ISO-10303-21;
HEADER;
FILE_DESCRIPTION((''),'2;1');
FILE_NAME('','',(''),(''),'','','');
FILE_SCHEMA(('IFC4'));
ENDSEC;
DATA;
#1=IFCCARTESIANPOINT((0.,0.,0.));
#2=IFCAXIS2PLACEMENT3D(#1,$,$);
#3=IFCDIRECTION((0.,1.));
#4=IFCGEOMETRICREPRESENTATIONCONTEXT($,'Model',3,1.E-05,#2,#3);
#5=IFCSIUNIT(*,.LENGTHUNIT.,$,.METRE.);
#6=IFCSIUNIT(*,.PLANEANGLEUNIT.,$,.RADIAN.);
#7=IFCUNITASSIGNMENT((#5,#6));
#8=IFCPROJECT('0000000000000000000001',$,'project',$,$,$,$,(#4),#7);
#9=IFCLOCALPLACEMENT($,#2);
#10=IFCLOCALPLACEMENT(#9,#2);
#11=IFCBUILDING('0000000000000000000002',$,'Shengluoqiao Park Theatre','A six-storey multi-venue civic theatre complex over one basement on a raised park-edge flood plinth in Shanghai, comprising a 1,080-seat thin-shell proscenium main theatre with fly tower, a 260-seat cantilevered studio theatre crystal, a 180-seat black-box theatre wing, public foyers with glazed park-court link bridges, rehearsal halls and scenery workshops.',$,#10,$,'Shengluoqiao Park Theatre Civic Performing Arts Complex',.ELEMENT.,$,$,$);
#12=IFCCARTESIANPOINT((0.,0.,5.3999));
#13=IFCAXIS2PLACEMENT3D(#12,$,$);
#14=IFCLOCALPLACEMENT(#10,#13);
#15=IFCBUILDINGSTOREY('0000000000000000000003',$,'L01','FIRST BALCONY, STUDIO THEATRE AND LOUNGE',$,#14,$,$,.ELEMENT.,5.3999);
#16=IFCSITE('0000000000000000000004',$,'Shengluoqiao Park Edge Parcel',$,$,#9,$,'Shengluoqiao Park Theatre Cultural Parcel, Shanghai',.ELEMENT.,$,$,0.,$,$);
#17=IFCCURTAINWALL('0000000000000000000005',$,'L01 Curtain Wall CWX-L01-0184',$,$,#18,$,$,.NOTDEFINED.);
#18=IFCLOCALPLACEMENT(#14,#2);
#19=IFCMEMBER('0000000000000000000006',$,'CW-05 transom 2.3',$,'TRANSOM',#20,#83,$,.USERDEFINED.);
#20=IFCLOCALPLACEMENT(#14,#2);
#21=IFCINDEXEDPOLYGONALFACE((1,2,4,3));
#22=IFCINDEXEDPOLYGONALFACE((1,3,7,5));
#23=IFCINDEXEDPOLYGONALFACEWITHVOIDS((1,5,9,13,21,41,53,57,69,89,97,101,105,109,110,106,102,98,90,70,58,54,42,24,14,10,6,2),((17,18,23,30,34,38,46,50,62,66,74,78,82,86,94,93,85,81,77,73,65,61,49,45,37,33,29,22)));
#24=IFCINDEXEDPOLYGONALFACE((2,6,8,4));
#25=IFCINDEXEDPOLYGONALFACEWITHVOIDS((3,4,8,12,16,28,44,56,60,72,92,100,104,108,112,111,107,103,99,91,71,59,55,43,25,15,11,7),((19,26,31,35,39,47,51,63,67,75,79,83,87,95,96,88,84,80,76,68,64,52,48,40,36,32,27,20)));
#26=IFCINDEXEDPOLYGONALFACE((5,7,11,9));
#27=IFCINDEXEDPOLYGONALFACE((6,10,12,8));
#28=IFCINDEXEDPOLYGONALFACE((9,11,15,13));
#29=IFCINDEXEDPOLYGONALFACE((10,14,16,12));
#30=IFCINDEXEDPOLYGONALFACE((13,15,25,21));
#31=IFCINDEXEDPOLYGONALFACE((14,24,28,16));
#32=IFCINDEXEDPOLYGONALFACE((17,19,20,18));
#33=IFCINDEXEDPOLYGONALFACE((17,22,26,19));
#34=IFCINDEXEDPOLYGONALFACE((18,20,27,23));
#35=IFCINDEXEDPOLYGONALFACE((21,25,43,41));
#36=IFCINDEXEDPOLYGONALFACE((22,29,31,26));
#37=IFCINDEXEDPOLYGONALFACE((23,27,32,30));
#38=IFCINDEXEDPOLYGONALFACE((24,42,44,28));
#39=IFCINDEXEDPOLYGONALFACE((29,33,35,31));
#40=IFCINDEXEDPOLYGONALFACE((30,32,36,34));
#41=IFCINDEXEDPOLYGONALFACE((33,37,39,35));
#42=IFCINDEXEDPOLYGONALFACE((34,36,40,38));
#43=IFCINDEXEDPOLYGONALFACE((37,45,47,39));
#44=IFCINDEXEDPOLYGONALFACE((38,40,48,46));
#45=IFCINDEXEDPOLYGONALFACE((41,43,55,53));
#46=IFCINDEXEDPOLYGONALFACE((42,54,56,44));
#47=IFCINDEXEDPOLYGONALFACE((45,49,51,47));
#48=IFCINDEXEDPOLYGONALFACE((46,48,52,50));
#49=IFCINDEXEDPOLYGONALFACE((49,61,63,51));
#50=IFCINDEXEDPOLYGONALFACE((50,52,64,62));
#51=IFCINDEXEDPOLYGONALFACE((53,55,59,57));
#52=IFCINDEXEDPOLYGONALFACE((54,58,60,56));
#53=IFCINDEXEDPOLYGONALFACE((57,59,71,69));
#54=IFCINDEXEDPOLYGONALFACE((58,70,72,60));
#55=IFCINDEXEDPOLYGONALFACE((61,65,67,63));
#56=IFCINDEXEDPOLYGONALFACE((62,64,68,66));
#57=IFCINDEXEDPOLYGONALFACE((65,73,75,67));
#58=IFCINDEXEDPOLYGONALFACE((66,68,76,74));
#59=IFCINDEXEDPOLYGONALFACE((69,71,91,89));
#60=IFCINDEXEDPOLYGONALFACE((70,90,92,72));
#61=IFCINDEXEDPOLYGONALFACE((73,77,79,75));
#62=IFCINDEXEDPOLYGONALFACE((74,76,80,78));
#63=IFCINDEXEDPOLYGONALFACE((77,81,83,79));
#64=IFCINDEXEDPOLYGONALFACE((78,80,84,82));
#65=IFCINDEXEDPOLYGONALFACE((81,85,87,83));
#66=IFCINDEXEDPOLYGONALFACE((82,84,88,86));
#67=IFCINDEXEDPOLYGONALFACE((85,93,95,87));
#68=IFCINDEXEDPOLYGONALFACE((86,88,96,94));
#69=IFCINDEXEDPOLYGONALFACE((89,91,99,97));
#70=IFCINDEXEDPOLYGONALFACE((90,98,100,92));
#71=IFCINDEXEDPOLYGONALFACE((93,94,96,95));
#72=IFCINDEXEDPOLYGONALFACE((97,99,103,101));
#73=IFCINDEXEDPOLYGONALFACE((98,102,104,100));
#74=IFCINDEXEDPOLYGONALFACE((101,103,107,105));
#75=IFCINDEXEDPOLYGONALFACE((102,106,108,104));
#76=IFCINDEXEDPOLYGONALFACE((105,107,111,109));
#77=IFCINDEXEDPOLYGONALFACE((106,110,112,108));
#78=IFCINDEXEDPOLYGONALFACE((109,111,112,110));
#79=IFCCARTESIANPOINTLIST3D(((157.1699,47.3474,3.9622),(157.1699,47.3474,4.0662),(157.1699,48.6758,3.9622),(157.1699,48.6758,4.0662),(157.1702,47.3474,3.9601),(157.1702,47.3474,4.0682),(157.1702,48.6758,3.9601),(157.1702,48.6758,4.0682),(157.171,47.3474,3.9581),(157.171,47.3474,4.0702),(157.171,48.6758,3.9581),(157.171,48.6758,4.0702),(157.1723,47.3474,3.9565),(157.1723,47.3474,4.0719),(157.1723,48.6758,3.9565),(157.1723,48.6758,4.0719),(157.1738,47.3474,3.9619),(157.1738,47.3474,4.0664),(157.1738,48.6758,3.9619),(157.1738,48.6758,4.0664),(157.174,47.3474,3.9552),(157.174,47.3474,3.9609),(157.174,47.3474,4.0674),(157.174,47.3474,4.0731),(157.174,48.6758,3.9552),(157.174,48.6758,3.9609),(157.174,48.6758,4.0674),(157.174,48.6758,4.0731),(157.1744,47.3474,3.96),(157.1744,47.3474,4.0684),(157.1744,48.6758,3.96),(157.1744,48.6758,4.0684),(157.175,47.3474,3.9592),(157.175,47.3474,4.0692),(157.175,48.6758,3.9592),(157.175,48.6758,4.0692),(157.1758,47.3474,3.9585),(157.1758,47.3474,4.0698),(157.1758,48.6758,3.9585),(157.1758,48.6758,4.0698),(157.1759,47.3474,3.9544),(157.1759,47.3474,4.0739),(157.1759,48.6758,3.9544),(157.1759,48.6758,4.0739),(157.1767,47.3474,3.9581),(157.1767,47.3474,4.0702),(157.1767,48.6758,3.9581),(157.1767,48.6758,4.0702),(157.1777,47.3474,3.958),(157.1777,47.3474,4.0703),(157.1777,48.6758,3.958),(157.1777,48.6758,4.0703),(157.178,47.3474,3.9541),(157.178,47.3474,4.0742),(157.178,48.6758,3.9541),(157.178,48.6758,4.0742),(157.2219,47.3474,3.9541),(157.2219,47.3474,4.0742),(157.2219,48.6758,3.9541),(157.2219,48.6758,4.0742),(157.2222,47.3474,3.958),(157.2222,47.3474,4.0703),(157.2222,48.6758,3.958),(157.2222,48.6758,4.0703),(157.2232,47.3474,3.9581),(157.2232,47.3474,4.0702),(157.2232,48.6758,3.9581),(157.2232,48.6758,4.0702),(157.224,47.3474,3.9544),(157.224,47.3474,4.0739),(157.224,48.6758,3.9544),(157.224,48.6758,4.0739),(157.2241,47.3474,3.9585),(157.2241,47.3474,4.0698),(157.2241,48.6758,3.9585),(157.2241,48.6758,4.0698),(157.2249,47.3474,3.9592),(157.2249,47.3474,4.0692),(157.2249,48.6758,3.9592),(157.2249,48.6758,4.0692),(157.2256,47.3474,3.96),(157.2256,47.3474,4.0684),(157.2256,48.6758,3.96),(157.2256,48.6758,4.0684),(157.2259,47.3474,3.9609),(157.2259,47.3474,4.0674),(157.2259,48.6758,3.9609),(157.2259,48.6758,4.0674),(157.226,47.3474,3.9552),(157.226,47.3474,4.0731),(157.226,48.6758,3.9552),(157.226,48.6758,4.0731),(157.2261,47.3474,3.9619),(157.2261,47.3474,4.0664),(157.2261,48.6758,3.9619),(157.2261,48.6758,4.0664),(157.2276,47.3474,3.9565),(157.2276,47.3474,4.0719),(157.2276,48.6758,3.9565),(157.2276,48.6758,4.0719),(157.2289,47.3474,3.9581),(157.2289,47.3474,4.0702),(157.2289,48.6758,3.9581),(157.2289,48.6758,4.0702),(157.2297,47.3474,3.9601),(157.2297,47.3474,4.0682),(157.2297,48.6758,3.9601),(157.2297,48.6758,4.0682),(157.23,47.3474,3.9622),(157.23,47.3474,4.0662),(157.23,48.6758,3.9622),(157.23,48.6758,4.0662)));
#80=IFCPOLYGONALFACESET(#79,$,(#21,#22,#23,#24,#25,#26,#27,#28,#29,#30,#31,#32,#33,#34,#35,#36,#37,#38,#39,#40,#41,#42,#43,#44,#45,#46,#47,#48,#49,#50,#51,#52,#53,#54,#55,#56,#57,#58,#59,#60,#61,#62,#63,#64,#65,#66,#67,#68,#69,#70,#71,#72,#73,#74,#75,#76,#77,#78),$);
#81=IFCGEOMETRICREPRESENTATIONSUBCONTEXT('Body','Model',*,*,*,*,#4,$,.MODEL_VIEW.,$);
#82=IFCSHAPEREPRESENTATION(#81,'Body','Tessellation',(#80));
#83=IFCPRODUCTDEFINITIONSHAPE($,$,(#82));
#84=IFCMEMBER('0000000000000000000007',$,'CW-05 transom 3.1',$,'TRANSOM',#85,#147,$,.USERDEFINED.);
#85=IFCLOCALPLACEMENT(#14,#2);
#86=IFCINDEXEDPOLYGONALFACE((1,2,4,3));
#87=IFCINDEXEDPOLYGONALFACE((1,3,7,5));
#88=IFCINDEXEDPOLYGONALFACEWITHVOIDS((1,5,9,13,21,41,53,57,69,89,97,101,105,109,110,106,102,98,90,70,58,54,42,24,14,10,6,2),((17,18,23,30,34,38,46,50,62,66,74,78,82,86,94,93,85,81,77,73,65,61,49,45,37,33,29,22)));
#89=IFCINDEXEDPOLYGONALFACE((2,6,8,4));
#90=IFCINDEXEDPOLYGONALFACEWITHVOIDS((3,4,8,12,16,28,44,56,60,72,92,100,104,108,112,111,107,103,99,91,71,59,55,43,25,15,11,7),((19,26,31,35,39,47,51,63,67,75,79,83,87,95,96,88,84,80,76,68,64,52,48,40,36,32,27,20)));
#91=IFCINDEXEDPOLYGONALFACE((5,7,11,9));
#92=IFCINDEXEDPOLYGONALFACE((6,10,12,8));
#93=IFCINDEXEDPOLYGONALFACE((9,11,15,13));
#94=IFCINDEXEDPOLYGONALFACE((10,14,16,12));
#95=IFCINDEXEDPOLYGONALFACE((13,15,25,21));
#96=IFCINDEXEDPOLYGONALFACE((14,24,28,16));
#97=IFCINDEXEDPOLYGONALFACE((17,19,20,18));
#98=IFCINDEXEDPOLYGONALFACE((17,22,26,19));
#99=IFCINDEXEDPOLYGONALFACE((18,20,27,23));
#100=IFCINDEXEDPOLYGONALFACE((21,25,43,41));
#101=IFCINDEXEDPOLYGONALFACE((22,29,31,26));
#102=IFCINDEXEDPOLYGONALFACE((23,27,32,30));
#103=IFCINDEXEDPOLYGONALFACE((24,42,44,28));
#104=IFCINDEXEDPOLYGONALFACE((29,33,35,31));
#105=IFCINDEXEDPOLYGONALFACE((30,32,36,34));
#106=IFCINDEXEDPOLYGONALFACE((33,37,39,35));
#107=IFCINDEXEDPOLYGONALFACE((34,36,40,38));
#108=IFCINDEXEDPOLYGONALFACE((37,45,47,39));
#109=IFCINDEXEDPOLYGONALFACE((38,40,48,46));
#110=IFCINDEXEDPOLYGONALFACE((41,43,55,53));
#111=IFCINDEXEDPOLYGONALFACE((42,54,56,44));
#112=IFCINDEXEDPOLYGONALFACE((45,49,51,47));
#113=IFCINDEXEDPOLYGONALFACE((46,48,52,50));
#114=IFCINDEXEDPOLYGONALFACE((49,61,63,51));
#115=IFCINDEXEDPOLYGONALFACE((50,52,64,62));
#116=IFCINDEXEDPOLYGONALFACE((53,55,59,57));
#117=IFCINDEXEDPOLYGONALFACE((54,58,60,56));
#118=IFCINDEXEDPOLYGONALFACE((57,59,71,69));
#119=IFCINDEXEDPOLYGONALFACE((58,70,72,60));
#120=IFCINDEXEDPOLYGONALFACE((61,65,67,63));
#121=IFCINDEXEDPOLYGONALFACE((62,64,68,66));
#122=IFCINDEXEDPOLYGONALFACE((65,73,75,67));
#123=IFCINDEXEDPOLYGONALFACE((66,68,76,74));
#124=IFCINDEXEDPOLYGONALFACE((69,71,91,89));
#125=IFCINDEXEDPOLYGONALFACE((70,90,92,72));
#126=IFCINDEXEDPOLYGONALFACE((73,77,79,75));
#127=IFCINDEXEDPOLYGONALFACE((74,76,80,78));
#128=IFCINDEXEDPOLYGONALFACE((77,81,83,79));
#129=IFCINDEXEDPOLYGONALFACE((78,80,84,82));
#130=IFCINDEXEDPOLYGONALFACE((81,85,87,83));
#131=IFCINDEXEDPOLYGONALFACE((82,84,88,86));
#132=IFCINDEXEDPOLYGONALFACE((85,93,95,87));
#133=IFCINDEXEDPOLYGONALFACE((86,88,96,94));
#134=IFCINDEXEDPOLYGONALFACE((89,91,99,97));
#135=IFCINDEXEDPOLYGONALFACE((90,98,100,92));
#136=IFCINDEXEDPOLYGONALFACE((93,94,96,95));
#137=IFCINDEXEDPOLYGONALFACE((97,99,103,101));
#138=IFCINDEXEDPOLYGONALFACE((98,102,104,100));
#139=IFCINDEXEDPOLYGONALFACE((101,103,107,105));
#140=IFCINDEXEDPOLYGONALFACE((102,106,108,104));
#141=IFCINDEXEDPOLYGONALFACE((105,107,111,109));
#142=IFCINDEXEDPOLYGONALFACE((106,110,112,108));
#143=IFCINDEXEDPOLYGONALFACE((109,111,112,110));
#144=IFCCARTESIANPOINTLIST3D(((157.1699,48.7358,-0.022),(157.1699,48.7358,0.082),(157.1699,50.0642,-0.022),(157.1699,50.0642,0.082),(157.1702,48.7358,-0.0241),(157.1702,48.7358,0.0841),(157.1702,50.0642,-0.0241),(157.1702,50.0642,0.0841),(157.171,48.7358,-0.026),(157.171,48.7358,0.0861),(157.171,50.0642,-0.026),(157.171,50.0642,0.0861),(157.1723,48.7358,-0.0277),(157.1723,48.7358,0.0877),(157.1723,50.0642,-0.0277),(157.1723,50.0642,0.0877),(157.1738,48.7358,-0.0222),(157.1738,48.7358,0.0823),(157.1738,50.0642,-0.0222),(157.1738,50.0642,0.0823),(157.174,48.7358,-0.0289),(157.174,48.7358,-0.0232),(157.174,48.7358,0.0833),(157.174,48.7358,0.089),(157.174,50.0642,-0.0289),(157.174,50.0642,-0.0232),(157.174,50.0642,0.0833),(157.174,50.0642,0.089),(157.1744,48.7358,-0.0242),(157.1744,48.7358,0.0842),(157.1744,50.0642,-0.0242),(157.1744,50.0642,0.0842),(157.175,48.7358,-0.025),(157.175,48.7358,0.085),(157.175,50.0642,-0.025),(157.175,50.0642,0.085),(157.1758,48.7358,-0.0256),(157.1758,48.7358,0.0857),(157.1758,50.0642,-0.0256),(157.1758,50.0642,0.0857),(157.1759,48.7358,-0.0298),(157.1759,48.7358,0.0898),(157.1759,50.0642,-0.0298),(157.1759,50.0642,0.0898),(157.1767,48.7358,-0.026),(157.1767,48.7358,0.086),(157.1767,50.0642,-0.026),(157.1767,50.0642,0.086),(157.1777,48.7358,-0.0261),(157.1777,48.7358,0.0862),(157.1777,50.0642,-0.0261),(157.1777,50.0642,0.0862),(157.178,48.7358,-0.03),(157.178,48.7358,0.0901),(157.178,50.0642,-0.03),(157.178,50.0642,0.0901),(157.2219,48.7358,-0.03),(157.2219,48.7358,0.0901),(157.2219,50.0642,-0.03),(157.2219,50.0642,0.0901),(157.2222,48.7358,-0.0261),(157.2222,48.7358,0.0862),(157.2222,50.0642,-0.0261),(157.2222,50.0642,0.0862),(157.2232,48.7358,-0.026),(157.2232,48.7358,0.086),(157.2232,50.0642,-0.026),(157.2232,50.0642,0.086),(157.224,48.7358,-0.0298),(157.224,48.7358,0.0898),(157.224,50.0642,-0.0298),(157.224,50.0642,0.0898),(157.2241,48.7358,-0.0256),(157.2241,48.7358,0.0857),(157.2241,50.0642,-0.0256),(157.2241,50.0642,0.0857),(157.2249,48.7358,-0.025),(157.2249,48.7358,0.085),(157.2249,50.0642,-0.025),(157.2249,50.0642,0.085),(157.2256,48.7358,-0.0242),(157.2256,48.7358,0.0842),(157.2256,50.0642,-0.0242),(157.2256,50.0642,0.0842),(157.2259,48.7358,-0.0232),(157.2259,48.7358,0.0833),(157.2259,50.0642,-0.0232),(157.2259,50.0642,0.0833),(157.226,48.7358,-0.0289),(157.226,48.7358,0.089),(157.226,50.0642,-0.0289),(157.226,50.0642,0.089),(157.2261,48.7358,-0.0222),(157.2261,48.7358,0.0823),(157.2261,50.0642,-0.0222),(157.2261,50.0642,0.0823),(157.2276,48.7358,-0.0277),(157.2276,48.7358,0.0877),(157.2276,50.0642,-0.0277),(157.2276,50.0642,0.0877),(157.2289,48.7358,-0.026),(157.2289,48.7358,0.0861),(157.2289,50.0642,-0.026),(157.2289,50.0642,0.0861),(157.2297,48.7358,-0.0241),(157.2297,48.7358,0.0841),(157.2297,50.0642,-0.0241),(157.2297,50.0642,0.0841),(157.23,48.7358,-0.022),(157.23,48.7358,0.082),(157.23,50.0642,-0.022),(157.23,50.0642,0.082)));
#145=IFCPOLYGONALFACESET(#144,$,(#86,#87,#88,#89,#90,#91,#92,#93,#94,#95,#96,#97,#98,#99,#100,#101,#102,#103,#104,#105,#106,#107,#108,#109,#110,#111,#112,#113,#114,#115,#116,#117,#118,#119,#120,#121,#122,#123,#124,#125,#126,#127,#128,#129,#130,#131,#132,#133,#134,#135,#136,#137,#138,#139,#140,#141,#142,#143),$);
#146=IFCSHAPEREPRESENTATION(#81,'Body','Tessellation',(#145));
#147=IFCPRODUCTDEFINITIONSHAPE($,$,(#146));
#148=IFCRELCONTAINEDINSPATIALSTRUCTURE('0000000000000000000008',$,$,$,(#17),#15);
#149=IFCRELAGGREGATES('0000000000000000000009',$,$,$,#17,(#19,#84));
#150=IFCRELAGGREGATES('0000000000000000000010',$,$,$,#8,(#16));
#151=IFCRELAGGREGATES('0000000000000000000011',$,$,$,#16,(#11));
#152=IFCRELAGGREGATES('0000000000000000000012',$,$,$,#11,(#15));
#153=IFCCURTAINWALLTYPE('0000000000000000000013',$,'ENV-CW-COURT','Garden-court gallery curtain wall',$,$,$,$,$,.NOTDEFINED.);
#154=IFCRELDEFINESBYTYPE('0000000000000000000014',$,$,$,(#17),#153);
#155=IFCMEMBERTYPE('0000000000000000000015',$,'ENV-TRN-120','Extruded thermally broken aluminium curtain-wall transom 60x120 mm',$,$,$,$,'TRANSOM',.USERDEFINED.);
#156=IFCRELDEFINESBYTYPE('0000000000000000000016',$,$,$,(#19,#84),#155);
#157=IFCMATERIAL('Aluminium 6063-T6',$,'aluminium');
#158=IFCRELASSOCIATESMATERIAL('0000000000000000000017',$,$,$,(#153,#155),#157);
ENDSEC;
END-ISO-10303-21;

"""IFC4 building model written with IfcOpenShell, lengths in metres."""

from ifc_helpers import new_model, si_unit, direction, frame, origin, origin_2d, place, context, subcontext, project, spatial, hollow_rectangle, extrude, material, material_profile, profile_set, type_object, element, aggregate, save


model = new_model("IFC4")

# Units and contexts
model_context = context("Model", 3, precision=1e-05, world=origin(), true_north=direction((0.0, 1.0)))
body_context = subcontext(model_context, "Body", "Model", "MODEL_VIEW")
ifc_project = project(units=[si_unit("LENGTHUNIT", "METRE"), si_unit("PLANEANGLEUNIT", "RADIAN")], contexts=[model_context])

# Site, building, storey
site_placement = place(None, origin())
site = spatial("IfcSite", under=ifc_project, at=site_placement, Name="Shengluoqiao Park Edge Parcel", LongName="Shengluoqiao Park Theatre Cultural Parcel, Shanghai", CompositionType="ELEMENT", RefElevation=0.0)
building_placement = place(site_placement, origin())
building = spatial("IfcBuilding", under=site, at=building_placement, Name="Shengluoqiao Park Theatre", Description="A six-storey multi-venue civic theatre complex over one basement on a raised park-edge flood plinth in Shanghai, comprising a 1,080-seat thin-shell proscenium main theatre with fly tower, a 260-seat cantilevered studio theatre crystal, a 180-seat black-box theatre wing, public foyers with glazed park-court link bridges, rehearsal halls and scenery workshops.", LongName="Shengluoqiao Park Theatre Civic Performing Arts Complex", CompositionType="ELEMENT")
storey_placement = place(building_placement, frame((0.0, 0.0, 5.3999)))
storey = spatial("IfcBuildingStorey", under=building, at=storey_placement, Name="L01", Description="FIRST BALCONY, STUDIO THEATRE AND LOUNGE", CompositionType="ELEMENT", Elevation=5.3999)

# Shared definitions
ifc_material_1 = material(Name="Aluminium 6063-T6", Category="aluminium")

# Curtain wall
curtain_wall_type_1 = type_object("IfcCurtainWallType", Name="ENV-CW-COURT", Description="Garden-court gallery curtain wall", PredefinedType="NOTDEFINED", material=ifc_material_1)
curtain_wall_1_placement = place(storey_placement, origin())
curtain_wall_1 = element("IfcCurtainWall", 1, at=curtain_wall_1_placement, inside=storey, type_object=curtain_wall_type_1, Name="L01 Curtain Wall CWX-L01-0184", PredefinedType="NOTDEFINED")

# Members
ifc_material_profile_1 = material_profile(ifc_material_1, hollow_rectangle(XDim=0.0601, YDim=0.1201, WallThickness=0.0039, InnerFilletRadius=0.0039, OuterFilletRadius=0.0081, at=origin_2d()), Name="ALU TRANSOM 120x60x4")
ifc_profile_set_1 = profile_set([ifc_material_profile_1], Name="Aluminium 6063-T6")
member_type_1 = type_object("IfcMemberType", Name="ENV-TRN-120", Description="Extruded thermally broken aluminium curtain-wall transom 60x120 mm", ElementType="TRANSOM", PredefinedType="USERDEFINED", material=ifc_profile_set_1)
member_1_placement = place(storey_placement, frame((157.2, 47.3474, 4.0142), z_axis=(0.0, 1.0, 0.0), x_axis=(-1.0, 0.0, 0.0)))
member_1 = element("IfcMember", 2, at=member_1_placement, type_object=member_type_1, Name="CW-05 transom 2.3", ObjectType="TRANSOM", PredefinedType="USERDEFINED", context=body_context, shape_type="SweptSolid", body=[
    extrude(hollow_rectangle(XDim=0.0601, YDim=0.1201, WallThickness=0.0039, InnerFilletRadius=0.0039, OuterFilletRadius=0.0081, at=origin_2d()), origin(), (0.0, 0.0, 1.0), 1.3284),
])
member_2_placement = place(storey_placement, frame((157.2, 48.7358, 0.03), z_axis=(0.0, 1.0, 0.0), x_axis=(-1.0, 0.0, 0.0)))
member_2 = element("IfcMember", 3, at=member_2_placement, type_object=member_type_1, Name="CW-05 transom 3.1", ObjectType="TRANSOM", PredefinedType="USERDEFINED", context=body_context, shape_type="SweptSolid", body=[
    extrude(hollow_rectangle(XDim=0.0601, YDim=0.1201, WallThickness=0.0039, InnerFilletRadius=0.0039, OuterFilletRadius=0.0081, at=origin_2d()), origin(), (0.0, 0.0, 1.0), 1.3284),
])

aggregate(curtain_wall_1, [member_1, member_2])

save(model, "model.ifc")
